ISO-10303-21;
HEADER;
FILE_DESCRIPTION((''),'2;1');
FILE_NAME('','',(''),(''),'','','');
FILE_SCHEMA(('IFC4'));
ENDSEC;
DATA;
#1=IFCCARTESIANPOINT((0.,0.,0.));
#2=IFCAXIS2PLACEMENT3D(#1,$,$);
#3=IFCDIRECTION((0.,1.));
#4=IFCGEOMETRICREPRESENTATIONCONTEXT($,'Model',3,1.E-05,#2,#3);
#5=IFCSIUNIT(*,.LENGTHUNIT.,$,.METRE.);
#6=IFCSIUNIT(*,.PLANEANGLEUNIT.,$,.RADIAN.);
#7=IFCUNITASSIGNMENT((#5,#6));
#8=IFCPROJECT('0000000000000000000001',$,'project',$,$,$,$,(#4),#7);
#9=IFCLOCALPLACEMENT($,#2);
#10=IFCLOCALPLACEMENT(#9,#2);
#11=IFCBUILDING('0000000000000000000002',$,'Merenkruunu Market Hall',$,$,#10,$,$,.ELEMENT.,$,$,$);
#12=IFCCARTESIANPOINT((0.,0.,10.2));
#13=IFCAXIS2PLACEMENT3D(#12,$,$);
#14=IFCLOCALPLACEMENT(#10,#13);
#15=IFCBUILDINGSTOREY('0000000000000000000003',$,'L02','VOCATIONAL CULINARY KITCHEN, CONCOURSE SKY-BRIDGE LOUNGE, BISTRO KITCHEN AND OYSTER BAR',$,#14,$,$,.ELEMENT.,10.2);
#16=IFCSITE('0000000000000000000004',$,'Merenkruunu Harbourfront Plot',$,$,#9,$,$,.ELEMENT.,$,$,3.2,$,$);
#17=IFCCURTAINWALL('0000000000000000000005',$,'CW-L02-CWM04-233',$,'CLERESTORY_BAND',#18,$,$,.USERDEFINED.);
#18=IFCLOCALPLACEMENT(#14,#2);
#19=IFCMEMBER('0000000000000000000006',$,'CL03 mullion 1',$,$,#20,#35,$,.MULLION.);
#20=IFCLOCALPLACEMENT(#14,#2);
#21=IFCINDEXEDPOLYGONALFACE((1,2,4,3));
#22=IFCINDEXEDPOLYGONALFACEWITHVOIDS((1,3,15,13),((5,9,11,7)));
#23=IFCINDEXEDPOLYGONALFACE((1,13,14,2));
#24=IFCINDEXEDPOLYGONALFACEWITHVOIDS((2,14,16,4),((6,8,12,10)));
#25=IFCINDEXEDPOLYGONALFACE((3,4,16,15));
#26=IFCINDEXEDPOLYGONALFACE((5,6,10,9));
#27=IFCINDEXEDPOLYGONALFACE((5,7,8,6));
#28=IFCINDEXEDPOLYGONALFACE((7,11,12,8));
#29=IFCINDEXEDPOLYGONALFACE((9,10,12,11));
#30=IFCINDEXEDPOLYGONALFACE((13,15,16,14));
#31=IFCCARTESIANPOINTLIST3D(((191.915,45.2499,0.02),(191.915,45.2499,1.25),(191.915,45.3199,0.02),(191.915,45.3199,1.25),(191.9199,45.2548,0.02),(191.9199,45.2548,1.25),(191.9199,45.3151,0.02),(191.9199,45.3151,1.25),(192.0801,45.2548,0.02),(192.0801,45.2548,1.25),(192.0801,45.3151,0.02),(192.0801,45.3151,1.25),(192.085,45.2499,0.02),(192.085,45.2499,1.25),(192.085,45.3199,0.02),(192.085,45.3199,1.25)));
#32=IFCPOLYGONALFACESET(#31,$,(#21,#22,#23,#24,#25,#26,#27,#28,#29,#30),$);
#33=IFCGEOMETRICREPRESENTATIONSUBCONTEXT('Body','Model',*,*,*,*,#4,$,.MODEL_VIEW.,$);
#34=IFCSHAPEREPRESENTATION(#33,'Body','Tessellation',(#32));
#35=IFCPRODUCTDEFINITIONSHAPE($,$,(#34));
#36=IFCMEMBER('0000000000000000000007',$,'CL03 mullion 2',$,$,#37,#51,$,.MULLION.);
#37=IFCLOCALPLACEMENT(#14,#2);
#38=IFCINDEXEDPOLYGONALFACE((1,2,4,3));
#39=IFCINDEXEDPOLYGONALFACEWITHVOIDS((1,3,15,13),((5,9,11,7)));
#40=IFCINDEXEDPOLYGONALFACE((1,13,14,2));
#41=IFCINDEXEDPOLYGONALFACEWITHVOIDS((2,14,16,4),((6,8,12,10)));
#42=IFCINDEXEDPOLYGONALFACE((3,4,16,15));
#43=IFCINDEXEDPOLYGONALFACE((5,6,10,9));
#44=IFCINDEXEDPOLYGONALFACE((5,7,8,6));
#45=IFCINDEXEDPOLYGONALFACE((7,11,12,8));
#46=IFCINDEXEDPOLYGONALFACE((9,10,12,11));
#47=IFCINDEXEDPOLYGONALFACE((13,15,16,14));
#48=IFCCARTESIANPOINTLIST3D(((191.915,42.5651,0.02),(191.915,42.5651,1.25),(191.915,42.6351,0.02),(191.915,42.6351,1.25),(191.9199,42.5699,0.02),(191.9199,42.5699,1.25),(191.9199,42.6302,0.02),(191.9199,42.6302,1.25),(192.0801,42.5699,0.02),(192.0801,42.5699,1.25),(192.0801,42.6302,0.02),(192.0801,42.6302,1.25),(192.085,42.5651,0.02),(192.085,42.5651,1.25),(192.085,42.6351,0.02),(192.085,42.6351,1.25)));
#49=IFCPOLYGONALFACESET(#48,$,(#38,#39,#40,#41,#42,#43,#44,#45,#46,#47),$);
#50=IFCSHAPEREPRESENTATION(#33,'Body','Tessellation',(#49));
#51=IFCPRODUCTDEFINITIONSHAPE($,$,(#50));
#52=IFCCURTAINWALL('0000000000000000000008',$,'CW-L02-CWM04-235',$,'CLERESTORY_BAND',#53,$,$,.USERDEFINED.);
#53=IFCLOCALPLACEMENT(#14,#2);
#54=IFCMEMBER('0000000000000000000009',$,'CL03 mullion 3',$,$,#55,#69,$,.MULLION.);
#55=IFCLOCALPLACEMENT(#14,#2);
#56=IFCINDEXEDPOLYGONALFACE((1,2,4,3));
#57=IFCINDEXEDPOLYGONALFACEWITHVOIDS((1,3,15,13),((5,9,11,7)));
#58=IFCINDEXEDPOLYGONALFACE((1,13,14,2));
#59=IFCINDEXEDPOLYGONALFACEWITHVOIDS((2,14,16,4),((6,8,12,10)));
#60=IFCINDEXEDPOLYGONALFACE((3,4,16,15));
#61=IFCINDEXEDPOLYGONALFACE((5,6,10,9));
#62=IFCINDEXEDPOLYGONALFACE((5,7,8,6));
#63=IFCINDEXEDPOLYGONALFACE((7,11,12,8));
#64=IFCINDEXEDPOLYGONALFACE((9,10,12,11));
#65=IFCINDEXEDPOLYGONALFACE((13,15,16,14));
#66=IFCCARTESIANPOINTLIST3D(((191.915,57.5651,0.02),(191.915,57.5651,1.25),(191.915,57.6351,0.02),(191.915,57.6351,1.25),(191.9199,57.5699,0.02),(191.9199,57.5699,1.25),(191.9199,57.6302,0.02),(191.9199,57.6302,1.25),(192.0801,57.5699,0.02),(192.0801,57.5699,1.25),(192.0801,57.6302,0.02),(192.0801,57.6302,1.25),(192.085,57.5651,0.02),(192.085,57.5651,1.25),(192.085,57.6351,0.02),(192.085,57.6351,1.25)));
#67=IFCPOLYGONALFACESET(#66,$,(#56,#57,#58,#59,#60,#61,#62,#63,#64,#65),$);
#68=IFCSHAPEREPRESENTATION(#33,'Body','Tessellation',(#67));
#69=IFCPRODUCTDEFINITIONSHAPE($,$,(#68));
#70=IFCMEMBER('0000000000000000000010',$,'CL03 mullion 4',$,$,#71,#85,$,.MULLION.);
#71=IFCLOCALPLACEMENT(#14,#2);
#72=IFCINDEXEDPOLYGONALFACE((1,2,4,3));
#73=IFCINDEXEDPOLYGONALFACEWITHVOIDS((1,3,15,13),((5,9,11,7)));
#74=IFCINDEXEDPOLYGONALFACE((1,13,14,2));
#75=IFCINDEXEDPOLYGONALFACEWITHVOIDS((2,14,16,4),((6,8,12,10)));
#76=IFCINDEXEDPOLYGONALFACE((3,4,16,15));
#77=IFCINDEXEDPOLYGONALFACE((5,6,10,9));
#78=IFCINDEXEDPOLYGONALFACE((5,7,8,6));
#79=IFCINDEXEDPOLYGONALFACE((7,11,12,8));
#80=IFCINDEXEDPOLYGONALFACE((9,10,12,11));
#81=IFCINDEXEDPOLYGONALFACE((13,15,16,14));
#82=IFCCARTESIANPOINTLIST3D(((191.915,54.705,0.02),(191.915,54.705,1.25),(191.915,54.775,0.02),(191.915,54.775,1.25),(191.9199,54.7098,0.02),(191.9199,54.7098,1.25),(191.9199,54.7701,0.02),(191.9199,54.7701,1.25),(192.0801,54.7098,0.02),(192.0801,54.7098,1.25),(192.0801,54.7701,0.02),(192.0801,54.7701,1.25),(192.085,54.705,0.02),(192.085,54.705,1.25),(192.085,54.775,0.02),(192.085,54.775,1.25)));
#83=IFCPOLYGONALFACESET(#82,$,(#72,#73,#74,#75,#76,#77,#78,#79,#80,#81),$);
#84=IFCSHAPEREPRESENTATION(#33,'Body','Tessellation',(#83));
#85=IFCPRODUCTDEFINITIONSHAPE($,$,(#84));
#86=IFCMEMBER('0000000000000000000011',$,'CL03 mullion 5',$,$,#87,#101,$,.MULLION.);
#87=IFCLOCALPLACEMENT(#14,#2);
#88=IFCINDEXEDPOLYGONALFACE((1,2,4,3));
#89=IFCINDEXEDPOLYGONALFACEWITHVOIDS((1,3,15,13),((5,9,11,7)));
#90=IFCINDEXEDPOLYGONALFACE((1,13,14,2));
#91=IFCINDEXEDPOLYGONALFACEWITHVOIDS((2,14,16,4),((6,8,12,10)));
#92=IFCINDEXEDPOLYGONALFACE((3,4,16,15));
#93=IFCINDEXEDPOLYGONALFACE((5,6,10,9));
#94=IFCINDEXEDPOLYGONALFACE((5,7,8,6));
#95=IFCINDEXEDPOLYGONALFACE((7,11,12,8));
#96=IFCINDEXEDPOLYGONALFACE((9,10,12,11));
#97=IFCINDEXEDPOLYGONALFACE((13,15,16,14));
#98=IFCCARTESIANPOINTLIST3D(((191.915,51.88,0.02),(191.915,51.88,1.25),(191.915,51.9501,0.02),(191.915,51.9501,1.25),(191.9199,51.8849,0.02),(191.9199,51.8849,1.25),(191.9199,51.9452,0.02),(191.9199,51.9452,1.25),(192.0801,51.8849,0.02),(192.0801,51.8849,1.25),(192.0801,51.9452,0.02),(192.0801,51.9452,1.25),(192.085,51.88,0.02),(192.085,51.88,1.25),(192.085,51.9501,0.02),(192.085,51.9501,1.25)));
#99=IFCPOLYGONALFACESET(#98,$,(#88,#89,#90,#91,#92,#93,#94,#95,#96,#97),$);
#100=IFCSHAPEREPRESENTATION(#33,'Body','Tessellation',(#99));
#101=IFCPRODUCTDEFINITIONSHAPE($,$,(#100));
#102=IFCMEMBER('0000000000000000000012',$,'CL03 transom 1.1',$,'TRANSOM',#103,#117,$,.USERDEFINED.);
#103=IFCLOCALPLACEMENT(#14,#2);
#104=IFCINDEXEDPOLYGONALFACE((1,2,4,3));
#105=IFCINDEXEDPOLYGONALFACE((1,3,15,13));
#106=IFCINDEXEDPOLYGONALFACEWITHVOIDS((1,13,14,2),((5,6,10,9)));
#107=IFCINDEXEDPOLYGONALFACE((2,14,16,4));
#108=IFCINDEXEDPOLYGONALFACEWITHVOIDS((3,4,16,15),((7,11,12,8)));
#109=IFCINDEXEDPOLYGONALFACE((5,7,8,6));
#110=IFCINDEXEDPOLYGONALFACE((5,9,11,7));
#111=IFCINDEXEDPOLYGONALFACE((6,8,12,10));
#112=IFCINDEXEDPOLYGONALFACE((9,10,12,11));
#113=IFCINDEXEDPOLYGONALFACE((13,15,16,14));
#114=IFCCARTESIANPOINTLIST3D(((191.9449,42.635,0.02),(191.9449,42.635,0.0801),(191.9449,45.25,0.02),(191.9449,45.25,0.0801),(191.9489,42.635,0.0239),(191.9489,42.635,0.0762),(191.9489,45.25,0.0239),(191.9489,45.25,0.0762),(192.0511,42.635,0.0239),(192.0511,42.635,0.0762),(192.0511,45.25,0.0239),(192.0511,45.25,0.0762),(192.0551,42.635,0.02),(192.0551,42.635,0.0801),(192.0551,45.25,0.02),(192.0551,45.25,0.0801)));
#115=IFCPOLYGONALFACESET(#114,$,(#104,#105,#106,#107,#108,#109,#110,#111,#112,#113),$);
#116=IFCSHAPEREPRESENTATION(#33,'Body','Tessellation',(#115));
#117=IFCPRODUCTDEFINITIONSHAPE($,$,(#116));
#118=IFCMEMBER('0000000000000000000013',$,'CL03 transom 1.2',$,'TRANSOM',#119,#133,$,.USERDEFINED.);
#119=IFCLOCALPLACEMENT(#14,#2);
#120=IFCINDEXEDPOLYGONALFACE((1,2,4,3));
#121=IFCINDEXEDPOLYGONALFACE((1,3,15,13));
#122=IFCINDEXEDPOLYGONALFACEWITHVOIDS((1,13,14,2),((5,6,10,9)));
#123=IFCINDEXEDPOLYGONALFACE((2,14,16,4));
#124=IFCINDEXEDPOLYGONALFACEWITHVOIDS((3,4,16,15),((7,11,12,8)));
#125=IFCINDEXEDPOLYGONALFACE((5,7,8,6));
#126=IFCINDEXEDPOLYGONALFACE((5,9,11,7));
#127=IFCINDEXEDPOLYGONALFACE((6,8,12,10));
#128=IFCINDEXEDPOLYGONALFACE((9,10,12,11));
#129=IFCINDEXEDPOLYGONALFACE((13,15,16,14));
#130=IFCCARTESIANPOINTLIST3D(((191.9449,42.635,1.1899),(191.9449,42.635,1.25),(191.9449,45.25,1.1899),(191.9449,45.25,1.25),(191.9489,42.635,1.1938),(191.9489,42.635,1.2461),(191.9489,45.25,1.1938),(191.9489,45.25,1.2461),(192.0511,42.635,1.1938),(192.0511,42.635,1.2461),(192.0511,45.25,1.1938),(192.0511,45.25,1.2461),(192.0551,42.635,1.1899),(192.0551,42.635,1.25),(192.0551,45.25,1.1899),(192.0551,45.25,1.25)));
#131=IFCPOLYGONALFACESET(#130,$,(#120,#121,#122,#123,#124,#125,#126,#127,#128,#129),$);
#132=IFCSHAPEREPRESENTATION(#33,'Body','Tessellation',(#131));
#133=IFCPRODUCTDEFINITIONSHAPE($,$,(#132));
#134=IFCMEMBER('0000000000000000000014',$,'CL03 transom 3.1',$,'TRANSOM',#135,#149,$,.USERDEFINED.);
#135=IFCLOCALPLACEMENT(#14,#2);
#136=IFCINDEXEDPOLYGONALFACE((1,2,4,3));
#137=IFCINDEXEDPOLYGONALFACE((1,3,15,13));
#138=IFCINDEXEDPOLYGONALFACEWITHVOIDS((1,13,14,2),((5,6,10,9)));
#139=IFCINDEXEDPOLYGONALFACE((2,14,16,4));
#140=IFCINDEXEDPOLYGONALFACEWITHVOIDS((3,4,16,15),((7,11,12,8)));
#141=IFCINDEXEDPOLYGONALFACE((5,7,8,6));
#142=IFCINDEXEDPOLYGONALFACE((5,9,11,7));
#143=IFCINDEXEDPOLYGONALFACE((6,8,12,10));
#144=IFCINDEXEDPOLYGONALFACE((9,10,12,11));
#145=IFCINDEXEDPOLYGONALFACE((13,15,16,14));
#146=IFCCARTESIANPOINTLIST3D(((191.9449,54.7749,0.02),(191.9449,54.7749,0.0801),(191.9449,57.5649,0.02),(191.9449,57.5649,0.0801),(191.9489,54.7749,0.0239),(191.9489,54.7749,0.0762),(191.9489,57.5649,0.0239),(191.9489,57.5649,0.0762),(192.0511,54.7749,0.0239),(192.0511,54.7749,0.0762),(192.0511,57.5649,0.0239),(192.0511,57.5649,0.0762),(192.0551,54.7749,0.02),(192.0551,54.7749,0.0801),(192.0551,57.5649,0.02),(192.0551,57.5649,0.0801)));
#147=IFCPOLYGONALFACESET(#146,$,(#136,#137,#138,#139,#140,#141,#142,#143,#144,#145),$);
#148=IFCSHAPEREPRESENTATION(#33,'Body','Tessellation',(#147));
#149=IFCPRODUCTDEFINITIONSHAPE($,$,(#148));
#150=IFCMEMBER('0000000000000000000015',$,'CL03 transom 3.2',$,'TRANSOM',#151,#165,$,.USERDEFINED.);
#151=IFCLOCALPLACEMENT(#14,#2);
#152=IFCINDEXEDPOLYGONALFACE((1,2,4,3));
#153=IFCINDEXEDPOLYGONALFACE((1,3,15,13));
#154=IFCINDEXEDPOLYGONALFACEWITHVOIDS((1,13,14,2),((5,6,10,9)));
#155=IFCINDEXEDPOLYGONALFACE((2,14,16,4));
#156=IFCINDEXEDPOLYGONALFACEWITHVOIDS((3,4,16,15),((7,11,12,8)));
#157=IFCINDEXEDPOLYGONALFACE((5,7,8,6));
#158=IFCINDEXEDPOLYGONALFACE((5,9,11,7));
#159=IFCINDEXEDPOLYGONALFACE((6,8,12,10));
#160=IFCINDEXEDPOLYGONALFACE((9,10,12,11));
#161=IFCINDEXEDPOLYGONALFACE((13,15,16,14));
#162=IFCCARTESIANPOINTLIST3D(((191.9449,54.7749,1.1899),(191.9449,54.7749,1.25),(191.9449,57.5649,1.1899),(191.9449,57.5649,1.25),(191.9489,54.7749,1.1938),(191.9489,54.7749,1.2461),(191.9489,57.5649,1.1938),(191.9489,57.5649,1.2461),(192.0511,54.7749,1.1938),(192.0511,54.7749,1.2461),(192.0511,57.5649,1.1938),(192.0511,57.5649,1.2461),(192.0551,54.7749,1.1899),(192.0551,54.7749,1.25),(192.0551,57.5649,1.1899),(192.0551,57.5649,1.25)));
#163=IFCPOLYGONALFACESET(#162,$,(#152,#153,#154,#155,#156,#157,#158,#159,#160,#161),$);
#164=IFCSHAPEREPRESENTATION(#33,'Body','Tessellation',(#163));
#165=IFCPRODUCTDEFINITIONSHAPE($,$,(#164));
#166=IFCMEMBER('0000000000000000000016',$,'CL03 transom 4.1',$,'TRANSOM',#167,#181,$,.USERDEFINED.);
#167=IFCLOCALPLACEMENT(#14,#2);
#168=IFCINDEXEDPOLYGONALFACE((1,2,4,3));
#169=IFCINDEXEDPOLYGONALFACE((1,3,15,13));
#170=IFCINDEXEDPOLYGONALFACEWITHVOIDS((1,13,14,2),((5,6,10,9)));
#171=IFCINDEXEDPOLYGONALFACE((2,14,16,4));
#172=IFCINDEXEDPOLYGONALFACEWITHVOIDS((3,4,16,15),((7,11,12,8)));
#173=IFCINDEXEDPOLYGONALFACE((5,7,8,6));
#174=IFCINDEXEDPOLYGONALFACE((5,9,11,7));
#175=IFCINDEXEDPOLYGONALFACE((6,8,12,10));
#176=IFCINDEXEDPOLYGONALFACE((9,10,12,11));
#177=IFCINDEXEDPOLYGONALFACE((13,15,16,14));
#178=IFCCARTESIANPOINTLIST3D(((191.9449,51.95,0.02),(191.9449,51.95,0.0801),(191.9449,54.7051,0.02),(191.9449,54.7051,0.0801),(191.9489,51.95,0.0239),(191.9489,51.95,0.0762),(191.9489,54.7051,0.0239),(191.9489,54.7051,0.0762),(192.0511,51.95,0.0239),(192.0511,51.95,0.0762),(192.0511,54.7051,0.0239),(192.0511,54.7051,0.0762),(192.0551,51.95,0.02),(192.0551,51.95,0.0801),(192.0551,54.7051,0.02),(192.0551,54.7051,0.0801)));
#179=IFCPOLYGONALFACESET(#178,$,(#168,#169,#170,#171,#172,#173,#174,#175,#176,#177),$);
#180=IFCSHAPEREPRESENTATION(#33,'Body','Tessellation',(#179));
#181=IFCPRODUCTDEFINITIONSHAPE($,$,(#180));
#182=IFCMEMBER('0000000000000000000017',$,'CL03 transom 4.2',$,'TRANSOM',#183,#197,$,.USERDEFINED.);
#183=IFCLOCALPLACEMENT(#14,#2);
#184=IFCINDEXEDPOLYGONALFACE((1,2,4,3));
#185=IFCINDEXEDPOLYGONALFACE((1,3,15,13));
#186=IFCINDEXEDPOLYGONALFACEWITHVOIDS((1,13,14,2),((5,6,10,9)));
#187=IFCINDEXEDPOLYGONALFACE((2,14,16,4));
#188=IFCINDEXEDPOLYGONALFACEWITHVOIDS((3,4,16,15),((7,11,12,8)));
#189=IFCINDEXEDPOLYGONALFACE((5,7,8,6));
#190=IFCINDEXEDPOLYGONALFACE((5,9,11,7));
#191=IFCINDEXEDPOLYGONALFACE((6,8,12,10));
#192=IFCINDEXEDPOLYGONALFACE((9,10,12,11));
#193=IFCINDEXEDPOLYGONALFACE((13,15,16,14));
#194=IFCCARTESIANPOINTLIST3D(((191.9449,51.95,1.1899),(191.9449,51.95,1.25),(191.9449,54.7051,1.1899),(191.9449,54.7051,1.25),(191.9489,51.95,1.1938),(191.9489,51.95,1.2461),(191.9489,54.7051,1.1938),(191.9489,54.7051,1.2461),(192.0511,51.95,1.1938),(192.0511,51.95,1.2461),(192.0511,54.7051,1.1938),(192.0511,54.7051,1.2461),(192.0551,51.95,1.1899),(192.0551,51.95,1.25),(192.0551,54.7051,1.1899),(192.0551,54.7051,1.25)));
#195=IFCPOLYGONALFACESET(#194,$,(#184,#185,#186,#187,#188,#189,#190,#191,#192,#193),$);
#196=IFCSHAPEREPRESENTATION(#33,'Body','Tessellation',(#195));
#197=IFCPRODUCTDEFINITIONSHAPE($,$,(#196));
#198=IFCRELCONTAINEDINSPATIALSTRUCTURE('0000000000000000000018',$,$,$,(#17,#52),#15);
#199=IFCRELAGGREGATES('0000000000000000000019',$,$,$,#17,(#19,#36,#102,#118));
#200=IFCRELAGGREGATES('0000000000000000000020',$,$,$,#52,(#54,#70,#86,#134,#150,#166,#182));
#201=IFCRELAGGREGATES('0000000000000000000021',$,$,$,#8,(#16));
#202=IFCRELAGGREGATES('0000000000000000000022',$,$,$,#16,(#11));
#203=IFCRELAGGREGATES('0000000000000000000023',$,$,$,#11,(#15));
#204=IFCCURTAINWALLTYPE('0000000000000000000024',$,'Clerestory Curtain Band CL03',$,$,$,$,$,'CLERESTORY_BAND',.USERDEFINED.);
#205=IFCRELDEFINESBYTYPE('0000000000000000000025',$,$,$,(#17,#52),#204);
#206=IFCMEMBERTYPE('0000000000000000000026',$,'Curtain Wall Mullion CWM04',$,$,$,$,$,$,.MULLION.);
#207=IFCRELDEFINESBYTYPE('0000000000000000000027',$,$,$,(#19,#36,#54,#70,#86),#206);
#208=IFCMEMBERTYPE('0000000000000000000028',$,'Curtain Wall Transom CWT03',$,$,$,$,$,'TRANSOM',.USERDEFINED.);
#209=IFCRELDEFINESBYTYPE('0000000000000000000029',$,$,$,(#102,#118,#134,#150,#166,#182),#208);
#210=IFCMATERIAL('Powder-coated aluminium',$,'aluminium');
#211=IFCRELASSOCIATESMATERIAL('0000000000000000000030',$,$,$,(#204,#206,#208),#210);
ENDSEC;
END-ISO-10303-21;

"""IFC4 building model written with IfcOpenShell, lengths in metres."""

from ifc_helpers import new_model, si_unit, direction, frame, origin, origin_2d, place, context, subcontext, project, spatial, hollow_rectangle, extrude, material, material_profile, profile_set, type_object, element, aggregate, save


model = new_model("IFC4")

# Units and contexts
model_context = context("Model", 3, precision=1e-05, world=origin(), true_north=direction((0.0, 1.0)))
body_context = subcontext(model_context, "Body", "Model", "MODEL_VIEW")
ifc_project = project(units=[si_unit("LENGTHUNIT", "METRE"), si_unit("PLANEANGLEUNIT", "RADIAN")], contexts=[model_context])

# Site, building, storey
site_placement = place(None, origin())
site = spatial("IfcSite", under=ifc_project, at=site_placement, Name="Merenkruunu Harbourfront Plot", CompositionType="ELEMENT", RefElevation=3.2)
building_placement = place(site_placement, origin())
building = spatial("IfcBuilding", under=site, at=building_placement, Name="Merenkruunu Market Hall", CompositionType="ELEMENT")
storey_placement = place(building_placement, frame((0.0, 0.0, 10.2)))
storey = spatial("IfcBuildingStorey", under=building, at=storey_placement, Name="L02", Description="VOCATIONAL CULINARY KITCHEN, CONCOURSE SKY-BRIDGE LOUNGE, BISTRO KITCHEN AND OYSTER BAR", CompositionType="ELEMENT", Elevation=10.2)

# Curtain walls, members
ifc_material_1 = material(Name="Powder-coated aluminium", Category="aluminium")
curtain_wall_type = type_object("IfcCurtainWallType", Name="Clerestory Curtain Band CL03", ElementType="CLERESTORY_BAND", PredefinedType="USERDEFINED", material=ifc_material_1)
curtain_wall_1_placement = place(storey_placement, origin())
curtain_wall_1 = element("IfcCurtainWall", 1, at=curtain_wall_1_placement, inside=storey, type_object=curtain_wall_type, Name="CW-L02-CWM04-233", ObjectType="CLERESTORY_BAND", PredefinedType="USERDEFINED")
ifc_material_profile_1 = material_profile(ifc_material_1, hollow_rectangle(XDim=0.0701, YDim=0.1699, WallThickness=0.0049, at=origin_2d()), Name="ALU 70x170x5")
ifc_profile_set_1 = profile_set([ifc_material_profile_1], Name="Powder-coated aluminium")
member_type_1 = type_object("IfcMemberType", Name="Curtain Wall Mullion CWM04", PredefinedType="MULLION", material=ifc_profile_set_1)
member_1_placement = place(storey_placement, frame((192.0, 45.2849, 0.02), z_axis=(0.0, 0.0, 1.0), x_axis=(0.0, -1.0, 0.0)))
member_1 = element("IfcMember", 2, at=member_1_placement, type_object=member_type_1, Name="CL03 mullion 1", PredefinedType="MULLION", context=body_context, shape_type="SweptSolid", body=[
    extrude(hollow_rectangle(XDim=0.0701, YDim=0.1699, WallThickness=0.0049, at=origin_2d()), origin(), (0.0, 0.0, 1.0), 1.23),
])
member_2_placement = place(storey_placement, frame((192.0, 42.6001, 0.02), z_axis=(0.0, 0.0, 1.0), x_axis=(0.0, -1.0, 0.0)))
member_2 = element("IfcMember", 3, at=member_2_placement, type_object=member_type_1, Name="CL03 mullion 2", PredefinedType="MULLION", context=body_context, shape_type="SweptSolid", body=[
    extrude(hollow_rectangle(XDim=0.0701, YDim=0.1699, WallThickness=0.0049, at=origin_2d()), origin(), (0.0, 0.0, 1.0), 1.23),
])
curtain_wall_2_placement = place(storey_placement, origin())
curtain_wall_2 = element("IfcCurtainWall", 4, at=curtain_wall_2_placement, inside=storey, type_object=curtain_wall_type, Name="CW-L02-CWM04-235", ObjectType="CLERESTORY_BAND", PredefinedType="USERDEFINED")
member_3_placement = place(storey_placement, frame((192.0, 57.6001, 0.02), z_axis=(0.0, 0.0, 1.0), x_axis=(0.0, -1.0, 0.0)))
member_3 = element("IfcMember", 5, at=member_3_placement, type_object=member_type_1, Name="CL03 mullion 3", PredefinedType="MULLION", context=body_context, shape_type="SweptSolid", body=[
    extrude(hollow_rectangle(XDim=0.0701, YDim=0.1699, WallThickness=0.0049, at=origin_2d()), origin(), (0.0, 0.0, 1.0), 1.23),
])
member_4_placement = place(storey_placement, frame((192.0, 54.74, 0.02), z_axis=(0.0, 0.0, 1.0), x_axis=(0.0, -1.0, 0.0)))
member_4 = element("IfcMember", 6, at=member_4_placement, type_object=member_type_1, Name="CL03 mullion 4", PredefinedType="MULLION", context=body_context, shape_type="SweptSolid", body=[
    extrude(hollow_rectangle(XDim=0.0701, YDim=0.1699, WallThickness=0.0049, at=origin_2d()), origin(), (0.0, 0.0, 1.0), 1.23),
])
member_5_placement = place(storey_placement, frame((192.0, 51.915, 0.02), z_axis=(0.0, 0.0, 1.0), x_axis=(0.0, -1.0, 0.0)))
member_5 = element("IfcMember", 7, at=member_5_placement, type_object=member_type_1, Name="CL03 mullion 5", PredefinedType="MULLION", context=body_context, shape_type="SweptSolid", body=[
    extrude(hollow_rectangle(XDim=0.0701, YDim=0.1699, WallThickness=0.0049, at=origin_2d()), origin(), (0.0, 0.0, 1.0), 1.23),
])

# Members
ifc_material_profile_2 = material_profile(ifc_material_1, hollow_rectangle(XDim=0.0601, YDim=0.1101, WallThickness=0.0039, at=origin_2d()), Name="ALU 60x110x4")
ifc_profile_set_2 = profile_set([ifc_material_profile_2], Name="Powder-coated aluminium")
member_type_2 = type_object("IfcMemberType", Name="Curtain Wall Transom CWT03", ElementType="TRANSOM", PredefinedType="USERDEFINED", material=ifc_profile_set_2)
member_6_placement = place(storey_placement, frame((192.0, 45.25, 0.05), z_axis=(0.0, -1.0, 0.0), x_axis=(0.0, 0.0, 1.0)))
member_6 = element("IfcMember", 8, at=member_6_placement, type_object=member_type_2, Name="CL03 transom 1.1", ObjectType="TRANSOM", PredefinedType="USERDEFINED", context=body_context, shape_type="SweptSolid", body=[
    extrude(hollow_rectangle(XDim=0.0601, YDim=0.1101, WallThickness=0.0039, at=origin_2d()), origin(), (0.0, 0.0, 1.0), 2.615),
])
member_7_placement = place(storey_placement, frame((192.0, 45.25, 1.22), z_axis=(0.0, -1.0, 0.0), x_axis=(0.0, 0.0, 1.0)))
member_7 = element("IfcMember", 9, at=member_7_placement, type_object=member_type_2, Name="CL03 transom 1.2", ObjectType="TRANSOM", PredefinedType="USERDEFINED", context=body_context, shape_type="SweptSolid", body=[
    extrude(hollow_rectangle(XDim=0.0601, YDim=0.1101, WallThickness=0.0039, at=origin_2d()), origin(), (0.0, 0.0, 1.0), 2.615),
])
member_8_placement = place(storey_placement, frame((192.0, 57.5649, 0.05), z_axis=(0.0, -1.0, 0.0), x_axis=(0.0, 0.0, 1.0)))
member_8 = element("IfcMember", 10, at=member_8_placement, type_object=member_type_2, Name="CL03 transom 3.1", ObjectType="TRANSOM", PredefinedType="USERDEFINED", context=body_context, shape_type="SweptSolid", body=[
    extrude(hollow_rectangle(XDim=0.0601, YDim=0.1101, WallThickness=0.0039, at=origin_2d()), origin(), (0.0, 0.0, 1.0), 2.79),
])
member_9_placement = place(storey_placement, frame((192.0, 57.5649, 1.22), z_axis=(0.0, -1.0, 0.0), x_axis=(0.0, 0.0, 1.0)))
member_9 = element("IfcMember", 11, at=member_9_placement, type_object=member_type_2, Name="CL03 transom 3.2", ObjectType="TRANSOM", PredefinedType="USERDEFINED", context=body_context, shape_type="SweptSolid", body=[
    extrude(hollow_rectangle(XDim=0.0601, YDim=0.1101, WallThickness=0.0039, at=origin_2d()), origin(), (0.0, 0.0, 1.0), 2.79),
])
member_10_placement = place(storey_placement, frame((192.0, 54.7051, 0.05), z_axis=(0.0, -1.0, 0.0), x_axis=(0.0, 0.0, 1.0)))
member_10 = element("IfcMember", 12, at=member_10_placement, type_object=member_type_2, Name="CL03 transom 4.1", ObjectType="TRANSOM", PredefinedType="USERDEFINED", context=body_context, shape_type="SweptSolid", body=[
    extrude(hollow_rectangle(XDim=0.0601, YDim=0.1101, WallThickness=0.0039, at=origin_2d()), origin(), (0.0, 0.0, 1.0), 2.7551),
])
member_11_placement = place(storey_placement, frame((192.0, 54.7051, 1.22), z_axis=(0.0, -1.0, 0.0), x_axis=(0.0, 0.0, 1.0)))
member_11 = element("IfcMember", 13, at=member_11_placement, type_object=member_type_2, Name="CL03 transom 4.2", ObjectType="TRANSOM", PredefinedType="USERDEFINED", context=body_context, shape_type="SweptSolid", body=[
    extrude(hollow_rectangle(XDim=0.0601, YDim=0.1101, WallThickness=0.0039, at=origin_2d()), origin(), (0.0, 0.0, 1.0), 2.7551),
])

aggregate(curtain_wall_1, [member_1, member_2, member_6, member_7])
aggregate(curtain_wall_2, [member_3, member_4, member_5, member_8, member_9, member_10, member_11])

save(model, "model.ifc")
